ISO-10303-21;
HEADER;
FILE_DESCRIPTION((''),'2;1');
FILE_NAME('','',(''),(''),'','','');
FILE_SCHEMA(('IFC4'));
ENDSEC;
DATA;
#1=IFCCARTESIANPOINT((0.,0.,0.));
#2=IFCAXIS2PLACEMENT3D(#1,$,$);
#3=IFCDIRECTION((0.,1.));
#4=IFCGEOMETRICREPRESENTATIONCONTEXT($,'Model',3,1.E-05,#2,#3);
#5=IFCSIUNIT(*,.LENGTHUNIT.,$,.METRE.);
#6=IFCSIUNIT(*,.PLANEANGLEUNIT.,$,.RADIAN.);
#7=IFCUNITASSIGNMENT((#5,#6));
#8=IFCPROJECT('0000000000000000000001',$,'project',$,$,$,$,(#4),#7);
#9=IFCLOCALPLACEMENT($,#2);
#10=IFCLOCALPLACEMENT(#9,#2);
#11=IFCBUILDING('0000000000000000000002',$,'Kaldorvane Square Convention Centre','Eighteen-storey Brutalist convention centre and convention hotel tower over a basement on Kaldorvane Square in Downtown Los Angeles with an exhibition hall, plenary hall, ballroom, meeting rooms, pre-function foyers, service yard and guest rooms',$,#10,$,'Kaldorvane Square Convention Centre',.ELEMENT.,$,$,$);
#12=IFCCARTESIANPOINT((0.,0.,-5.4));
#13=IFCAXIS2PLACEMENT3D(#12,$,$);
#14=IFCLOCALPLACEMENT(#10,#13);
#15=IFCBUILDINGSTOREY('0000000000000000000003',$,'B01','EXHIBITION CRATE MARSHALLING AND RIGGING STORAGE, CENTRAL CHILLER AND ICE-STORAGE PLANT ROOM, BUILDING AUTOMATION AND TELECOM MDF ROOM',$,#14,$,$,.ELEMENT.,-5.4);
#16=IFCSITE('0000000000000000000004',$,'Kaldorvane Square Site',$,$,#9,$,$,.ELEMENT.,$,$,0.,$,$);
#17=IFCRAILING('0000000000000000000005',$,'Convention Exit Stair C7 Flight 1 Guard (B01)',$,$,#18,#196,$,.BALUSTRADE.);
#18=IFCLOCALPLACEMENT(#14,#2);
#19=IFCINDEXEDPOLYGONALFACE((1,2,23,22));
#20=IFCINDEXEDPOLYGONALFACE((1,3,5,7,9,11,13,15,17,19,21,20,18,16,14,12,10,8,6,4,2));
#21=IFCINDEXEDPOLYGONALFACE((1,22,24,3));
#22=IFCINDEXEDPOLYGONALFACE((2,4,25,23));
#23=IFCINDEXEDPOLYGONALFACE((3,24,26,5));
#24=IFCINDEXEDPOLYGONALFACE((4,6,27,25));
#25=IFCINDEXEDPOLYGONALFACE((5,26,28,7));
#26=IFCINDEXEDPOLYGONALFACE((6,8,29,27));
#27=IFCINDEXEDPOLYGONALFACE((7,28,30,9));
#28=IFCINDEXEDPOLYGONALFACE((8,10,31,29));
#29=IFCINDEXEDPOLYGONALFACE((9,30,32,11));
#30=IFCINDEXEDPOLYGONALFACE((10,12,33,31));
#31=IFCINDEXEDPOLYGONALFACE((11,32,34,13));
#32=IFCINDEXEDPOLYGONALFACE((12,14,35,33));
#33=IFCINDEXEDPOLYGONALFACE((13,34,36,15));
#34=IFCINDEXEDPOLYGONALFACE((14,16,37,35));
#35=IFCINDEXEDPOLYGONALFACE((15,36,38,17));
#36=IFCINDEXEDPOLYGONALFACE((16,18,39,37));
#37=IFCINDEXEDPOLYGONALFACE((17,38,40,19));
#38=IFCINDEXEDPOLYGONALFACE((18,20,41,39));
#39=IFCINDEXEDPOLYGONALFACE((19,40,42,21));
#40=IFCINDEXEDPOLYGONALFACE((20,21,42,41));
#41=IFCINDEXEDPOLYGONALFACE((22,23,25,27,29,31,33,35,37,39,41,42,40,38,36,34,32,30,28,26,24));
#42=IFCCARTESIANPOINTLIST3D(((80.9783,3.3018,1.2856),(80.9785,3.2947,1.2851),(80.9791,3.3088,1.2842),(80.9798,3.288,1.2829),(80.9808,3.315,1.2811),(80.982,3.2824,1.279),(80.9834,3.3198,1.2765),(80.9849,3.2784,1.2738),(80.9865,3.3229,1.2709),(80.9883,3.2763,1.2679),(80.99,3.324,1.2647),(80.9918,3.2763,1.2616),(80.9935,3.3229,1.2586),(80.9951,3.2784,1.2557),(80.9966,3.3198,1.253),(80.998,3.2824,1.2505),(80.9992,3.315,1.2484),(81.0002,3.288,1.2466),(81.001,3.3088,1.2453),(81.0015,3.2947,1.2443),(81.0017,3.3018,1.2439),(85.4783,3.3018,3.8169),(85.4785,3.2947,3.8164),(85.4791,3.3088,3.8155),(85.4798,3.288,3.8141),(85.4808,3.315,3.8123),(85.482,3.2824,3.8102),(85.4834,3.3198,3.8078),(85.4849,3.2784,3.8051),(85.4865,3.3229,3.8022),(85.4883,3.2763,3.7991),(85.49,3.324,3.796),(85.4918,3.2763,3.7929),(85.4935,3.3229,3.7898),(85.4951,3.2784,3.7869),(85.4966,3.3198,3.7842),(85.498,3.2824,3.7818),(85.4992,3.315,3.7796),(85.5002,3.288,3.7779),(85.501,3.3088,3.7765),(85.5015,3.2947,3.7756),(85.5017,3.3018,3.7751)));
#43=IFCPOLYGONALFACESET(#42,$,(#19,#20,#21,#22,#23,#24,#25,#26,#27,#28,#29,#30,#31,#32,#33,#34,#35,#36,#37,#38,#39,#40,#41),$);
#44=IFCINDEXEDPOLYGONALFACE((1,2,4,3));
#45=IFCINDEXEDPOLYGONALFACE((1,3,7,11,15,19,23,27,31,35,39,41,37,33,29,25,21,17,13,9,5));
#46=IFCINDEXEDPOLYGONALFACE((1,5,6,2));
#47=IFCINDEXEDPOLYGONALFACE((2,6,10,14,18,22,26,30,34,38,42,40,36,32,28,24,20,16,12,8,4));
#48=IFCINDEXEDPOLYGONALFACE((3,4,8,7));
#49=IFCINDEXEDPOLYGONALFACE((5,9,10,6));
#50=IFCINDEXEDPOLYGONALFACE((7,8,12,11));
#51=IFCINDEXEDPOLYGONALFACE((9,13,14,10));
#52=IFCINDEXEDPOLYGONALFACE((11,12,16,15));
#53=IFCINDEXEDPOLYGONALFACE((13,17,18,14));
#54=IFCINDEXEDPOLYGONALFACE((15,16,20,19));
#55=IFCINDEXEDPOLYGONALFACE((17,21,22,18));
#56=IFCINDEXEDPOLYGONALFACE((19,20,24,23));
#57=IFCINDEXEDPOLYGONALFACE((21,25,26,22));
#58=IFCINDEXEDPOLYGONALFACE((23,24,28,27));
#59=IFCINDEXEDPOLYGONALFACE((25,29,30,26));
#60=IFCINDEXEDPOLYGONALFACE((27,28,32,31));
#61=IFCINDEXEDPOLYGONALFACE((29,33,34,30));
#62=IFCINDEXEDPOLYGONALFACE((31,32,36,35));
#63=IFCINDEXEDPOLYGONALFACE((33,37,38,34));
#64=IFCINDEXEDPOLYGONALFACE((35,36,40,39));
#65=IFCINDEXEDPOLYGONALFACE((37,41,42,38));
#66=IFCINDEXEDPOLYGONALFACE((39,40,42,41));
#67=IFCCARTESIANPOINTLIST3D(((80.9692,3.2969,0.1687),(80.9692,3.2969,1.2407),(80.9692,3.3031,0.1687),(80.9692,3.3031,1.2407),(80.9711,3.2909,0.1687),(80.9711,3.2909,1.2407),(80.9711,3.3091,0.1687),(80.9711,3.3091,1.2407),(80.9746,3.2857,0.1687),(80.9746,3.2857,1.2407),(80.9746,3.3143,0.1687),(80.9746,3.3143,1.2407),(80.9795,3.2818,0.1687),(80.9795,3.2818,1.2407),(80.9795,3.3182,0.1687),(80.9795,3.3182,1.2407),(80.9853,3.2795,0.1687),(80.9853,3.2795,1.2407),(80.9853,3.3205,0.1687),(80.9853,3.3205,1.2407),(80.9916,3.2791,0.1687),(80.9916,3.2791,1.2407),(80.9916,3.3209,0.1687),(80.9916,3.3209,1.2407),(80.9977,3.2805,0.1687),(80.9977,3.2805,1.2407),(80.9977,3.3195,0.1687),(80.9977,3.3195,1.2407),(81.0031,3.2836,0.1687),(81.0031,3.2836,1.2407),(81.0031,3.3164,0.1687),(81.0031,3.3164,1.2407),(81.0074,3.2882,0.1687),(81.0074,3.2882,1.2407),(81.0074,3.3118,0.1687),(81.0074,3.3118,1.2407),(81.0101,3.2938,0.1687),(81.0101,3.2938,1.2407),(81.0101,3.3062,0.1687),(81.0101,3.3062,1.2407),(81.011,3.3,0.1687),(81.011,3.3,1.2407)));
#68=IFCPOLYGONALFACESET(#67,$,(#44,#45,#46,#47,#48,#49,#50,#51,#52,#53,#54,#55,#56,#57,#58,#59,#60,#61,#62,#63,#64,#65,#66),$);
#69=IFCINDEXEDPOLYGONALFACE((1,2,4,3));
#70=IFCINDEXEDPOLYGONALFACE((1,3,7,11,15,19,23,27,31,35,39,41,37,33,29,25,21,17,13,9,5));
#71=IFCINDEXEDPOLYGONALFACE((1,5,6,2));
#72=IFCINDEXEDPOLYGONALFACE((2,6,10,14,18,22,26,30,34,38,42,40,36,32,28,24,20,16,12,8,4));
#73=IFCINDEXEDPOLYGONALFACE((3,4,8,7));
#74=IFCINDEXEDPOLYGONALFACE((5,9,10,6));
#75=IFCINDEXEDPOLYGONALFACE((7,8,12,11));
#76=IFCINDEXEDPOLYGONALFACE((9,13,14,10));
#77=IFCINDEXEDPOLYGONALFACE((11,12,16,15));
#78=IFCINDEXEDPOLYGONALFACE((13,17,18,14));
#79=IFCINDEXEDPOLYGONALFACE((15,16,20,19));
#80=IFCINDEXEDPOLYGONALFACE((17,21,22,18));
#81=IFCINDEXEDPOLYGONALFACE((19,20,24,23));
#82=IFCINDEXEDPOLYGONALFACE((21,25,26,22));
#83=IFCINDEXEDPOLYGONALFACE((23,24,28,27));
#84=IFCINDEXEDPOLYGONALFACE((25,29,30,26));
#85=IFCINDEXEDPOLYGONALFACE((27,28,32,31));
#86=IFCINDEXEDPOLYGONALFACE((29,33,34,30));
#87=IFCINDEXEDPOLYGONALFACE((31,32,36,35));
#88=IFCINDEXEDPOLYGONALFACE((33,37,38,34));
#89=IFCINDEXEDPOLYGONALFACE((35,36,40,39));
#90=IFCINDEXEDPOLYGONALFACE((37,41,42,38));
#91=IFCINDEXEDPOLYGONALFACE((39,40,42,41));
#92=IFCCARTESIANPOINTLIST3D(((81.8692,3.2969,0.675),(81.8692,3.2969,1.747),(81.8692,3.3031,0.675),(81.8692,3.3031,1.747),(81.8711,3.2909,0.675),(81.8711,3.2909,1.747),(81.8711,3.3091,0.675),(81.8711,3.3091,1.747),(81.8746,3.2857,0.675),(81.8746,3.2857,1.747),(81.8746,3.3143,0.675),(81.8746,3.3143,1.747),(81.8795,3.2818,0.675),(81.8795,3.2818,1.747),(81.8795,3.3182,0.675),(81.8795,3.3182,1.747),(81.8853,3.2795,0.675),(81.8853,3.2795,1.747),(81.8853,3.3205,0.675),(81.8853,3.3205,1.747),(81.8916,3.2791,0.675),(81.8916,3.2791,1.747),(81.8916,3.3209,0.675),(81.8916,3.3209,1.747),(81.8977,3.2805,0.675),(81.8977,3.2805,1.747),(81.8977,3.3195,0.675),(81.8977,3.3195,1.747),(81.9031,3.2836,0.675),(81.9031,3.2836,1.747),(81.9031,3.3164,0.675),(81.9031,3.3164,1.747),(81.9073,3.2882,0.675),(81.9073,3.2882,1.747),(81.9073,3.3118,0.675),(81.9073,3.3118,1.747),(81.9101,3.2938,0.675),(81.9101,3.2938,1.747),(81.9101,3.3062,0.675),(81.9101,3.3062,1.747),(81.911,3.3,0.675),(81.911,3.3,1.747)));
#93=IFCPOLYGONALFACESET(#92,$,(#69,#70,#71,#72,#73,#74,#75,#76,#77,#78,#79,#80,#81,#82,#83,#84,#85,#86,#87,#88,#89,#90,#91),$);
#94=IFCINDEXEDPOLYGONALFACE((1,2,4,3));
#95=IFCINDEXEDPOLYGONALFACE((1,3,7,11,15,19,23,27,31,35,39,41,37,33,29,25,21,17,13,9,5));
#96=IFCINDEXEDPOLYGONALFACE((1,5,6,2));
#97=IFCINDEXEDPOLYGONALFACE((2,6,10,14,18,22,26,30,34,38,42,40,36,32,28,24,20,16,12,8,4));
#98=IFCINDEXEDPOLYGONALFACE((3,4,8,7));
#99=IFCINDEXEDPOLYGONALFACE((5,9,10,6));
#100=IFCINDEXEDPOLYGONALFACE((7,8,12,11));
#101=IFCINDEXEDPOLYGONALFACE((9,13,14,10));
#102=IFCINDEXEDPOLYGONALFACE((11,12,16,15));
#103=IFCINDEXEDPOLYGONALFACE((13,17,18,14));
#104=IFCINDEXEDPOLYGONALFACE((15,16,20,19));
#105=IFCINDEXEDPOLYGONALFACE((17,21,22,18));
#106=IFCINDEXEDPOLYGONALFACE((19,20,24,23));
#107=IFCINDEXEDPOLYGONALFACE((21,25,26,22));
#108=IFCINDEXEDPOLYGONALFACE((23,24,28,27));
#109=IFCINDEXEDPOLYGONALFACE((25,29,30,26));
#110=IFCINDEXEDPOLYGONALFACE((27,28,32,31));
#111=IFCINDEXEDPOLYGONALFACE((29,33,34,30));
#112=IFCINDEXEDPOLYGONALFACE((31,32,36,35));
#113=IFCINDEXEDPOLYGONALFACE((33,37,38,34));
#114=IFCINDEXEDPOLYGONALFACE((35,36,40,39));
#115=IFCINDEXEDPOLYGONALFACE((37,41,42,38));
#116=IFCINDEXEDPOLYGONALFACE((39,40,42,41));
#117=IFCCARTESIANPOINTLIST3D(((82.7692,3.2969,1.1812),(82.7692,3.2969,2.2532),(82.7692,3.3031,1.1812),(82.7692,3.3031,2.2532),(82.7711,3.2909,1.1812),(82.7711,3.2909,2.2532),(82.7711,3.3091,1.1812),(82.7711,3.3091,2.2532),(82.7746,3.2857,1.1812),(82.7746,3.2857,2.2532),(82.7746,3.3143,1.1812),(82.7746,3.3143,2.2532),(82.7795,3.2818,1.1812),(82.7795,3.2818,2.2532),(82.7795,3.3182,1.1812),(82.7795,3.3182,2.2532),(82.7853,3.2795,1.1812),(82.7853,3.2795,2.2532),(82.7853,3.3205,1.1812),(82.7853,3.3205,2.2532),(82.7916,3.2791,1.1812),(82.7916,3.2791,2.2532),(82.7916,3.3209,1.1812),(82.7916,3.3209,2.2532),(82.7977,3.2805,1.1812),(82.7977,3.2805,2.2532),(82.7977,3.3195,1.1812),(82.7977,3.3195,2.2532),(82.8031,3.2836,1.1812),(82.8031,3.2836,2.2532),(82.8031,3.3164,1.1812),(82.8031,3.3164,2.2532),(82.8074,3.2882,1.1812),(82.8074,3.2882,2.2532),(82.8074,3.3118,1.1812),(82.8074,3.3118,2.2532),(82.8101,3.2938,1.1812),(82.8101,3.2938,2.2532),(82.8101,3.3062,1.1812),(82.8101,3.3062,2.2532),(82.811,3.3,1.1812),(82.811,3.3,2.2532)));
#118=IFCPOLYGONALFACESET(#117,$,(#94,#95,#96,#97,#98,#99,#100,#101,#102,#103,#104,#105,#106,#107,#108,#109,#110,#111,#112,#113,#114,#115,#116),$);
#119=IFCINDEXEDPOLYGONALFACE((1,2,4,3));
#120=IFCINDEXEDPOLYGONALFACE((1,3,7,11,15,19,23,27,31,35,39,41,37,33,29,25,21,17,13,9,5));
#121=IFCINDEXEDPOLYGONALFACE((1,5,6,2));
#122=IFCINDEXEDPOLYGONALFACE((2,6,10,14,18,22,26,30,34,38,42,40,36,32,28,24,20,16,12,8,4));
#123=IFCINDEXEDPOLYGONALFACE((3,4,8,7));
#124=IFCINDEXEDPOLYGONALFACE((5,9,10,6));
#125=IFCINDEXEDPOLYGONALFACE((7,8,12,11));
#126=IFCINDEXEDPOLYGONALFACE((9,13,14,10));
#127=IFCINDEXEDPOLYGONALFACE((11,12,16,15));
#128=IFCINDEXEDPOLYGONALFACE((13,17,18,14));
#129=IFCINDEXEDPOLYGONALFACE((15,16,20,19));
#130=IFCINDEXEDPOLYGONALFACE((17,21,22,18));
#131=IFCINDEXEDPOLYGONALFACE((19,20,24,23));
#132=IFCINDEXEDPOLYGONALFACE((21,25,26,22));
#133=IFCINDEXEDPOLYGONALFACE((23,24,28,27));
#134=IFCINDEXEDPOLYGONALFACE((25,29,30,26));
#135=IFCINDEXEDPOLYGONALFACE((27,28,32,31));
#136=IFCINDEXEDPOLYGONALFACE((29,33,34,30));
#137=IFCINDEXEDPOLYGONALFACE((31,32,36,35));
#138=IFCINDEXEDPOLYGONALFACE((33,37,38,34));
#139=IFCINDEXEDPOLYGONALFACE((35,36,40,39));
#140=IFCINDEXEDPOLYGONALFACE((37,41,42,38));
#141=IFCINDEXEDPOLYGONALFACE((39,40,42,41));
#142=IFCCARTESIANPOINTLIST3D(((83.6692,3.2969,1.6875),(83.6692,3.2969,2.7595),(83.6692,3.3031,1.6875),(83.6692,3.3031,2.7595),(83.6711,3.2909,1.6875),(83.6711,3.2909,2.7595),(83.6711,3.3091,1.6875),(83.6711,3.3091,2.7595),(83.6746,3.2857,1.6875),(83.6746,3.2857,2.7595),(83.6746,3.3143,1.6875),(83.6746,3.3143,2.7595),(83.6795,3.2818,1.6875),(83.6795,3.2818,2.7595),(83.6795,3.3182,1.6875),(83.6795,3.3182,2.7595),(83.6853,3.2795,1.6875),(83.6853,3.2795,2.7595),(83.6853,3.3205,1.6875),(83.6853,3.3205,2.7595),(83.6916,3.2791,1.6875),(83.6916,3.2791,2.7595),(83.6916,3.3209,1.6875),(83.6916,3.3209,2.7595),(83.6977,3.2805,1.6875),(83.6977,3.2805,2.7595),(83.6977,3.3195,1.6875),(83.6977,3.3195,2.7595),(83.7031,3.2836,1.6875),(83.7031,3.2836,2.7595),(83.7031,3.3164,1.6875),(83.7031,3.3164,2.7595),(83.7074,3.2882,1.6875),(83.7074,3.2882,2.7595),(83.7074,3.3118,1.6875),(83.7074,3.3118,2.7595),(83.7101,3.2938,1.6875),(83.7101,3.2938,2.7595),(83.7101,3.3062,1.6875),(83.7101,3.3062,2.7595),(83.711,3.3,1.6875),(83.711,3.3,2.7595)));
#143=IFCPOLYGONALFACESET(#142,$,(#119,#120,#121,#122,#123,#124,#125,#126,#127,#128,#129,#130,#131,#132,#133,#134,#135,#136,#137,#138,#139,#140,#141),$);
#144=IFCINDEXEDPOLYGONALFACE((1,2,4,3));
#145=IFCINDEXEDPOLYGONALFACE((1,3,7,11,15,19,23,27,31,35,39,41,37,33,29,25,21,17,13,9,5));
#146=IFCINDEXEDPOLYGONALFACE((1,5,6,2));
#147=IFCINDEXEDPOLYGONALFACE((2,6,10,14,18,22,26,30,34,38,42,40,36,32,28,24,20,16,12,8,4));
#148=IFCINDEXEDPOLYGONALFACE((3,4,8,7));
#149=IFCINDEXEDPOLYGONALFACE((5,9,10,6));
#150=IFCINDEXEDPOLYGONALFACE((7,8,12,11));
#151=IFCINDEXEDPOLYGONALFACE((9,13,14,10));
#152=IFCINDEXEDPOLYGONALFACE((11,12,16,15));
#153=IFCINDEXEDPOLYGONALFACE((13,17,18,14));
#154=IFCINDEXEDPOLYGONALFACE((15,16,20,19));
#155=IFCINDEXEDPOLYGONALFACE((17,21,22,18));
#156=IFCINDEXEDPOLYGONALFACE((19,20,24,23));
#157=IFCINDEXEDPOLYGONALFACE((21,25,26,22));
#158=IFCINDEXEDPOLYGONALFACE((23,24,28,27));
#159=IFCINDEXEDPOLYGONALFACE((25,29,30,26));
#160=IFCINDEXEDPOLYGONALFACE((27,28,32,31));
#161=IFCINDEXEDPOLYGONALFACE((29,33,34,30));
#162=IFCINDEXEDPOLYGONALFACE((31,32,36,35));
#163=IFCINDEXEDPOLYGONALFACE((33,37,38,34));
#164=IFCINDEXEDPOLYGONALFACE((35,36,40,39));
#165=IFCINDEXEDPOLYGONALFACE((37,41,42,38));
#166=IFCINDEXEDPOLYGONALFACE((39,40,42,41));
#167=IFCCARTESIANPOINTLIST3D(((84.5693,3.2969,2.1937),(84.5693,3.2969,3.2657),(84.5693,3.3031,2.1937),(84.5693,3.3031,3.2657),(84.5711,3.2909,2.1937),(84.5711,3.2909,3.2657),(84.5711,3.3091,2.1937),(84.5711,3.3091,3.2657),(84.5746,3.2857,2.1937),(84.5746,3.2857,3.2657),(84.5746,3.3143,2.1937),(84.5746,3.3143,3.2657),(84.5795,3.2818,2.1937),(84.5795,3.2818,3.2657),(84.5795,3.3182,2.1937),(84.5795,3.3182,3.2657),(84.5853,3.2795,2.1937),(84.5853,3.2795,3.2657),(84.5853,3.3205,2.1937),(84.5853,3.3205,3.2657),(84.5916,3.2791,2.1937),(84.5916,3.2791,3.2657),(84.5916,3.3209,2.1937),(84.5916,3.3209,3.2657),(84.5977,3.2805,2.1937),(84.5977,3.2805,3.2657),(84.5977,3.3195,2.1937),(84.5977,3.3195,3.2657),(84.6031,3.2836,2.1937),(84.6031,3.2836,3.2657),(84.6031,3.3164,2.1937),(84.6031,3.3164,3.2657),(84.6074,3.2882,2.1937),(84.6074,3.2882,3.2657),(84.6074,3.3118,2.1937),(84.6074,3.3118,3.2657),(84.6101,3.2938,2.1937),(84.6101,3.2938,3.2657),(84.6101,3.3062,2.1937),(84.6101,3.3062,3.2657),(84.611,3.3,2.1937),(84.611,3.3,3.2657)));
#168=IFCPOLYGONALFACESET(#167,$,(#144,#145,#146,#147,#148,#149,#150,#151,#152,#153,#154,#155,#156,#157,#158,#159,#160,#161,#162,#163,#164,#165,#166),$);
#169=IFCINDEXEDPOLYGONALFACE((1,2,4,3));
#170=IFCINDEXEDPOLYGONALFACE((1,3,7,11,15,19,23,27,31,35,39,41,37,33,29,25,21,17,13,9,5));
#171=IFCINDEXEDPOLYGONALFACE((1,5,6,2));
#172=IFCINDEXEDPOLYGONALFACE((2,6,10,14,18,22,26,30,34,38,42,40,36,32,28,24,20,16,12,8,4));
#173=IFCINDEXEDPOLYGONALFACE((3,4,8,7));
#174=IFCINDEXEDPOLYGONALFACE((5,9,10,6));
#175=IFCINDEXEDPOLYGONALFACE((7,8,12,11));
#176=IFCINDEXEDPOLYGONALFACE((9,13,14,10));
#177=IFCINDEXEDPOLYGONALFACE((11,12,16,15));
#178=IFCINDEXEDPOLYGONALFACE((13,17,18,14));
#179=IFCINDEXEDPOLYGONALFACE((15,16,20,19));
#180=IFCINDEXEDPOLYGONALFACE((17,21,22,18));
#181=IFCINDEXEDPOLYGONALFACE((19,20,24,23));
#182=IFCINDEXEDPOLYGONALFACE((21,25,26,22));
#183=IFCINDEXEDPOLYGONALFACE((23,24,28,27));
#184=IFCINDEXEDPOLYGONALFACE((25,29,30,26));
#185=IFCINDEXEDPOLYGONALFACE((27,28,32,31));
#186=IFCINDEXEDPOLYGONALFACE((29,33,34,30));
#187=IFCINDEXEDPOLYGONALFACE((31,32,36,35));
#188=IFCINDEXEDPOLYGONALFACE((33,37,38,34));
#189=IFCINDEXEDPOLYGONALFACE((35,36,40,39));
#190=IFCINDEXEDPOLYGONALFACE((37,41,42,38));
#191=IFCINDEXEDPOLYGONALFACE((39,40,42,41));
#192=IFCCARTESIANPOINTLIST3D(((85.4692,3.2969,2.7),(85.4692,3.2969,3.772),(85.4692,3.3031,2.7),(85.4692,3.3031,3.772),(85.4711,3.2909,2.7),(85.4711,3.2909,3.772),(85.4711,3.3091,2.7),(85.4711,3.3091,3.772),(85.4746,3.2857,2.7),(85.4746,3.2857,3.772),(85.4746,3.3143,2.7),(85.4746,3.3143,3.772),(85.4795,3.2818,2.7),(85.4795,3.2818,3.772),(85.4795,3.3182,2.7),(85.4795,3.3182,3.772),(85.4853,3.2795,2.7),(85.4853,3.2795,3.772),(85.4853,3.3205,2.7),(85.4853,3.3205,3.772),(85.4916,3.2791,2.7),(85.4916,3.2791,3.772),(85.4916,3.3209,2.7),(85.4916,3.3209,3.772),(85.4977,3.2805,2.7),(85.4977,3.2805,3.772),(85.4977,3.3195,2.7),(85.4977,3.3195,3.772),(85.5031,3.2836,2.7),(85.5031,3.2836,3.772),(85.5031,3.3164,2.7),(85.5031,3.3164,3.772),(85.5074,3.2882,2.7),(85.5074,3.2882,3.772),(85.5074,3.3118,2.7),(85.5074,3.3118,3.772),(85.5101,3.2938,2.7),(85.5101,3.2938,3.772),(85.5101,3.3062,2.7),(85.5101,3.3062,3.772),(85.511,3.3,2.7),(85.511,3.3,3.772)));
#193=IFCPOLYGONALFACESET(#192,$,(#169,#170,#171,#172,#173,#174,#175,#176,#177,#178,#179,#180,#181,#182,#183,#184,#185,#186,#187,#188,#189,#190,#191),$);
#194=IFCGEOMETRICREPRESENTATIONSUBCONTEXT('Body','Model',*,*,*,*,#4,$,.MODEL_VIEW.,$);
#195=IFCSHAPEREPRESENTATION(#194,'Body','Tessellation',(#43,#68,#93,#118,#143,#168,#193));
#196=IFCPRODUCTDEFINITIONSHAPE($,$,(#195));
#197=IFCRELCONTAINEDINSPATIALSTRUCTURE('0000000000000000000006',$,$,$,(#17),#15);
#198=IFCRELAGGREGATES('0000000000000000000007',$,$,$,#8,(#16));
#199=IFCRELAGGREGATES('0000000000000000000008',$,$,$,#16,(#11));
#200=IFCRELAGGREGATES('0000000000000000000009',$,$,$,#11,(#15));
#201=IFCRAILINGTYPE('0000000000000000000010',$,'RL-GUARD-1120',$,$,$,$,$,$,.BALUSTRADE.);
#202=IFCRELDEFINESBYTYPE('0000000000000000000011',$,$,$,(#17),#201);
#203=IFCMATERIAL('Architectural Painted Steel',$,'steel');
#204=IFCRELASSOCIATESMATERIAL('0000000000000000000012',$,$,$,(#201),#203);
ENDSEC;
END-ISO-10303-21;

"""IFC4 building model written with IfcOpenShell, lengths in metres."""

from ifc_helpers import new_model, si_unit, direction, frame, origin, origin_2d, place, context, subcontext, project, spatial, circle, extrude, material, type_object, element, save


model = new_model("IFC4")

# Units and contexts
model_context = context("Model", 3, precision=1e-05, world=origin(), true_north=direction((0.0, 1.0)))
body_context = subcontext(model_context, "Body", "Model", "MODEL_VIEW")
ifc_project = project(units=[si_unit("LENGTHUNIT", "METRE"), si_unit("PLANEANGLEUNIT", "RADIAN")], contexts=[model_context])

# Site, building, storey
site_placement = place(None, origin())
site = spatial("IfcSite", under=ifc_project, at=site_placement, Name="Kaldorvane Square Site", CompositionType="ELEMENT", RefElevation=0.0)
building_placement = place(site_placement, origin())
building = spatial("IfcBuilding", under=site, at=building_placement, Name="Kaldorvane Square Convention Centre", Description="Eighteen-storey Brutalist convention centre and convention hotel tower over a basement on Kaldorvane Square in Downtown Los Angeles with an exhibition hall, plenary hall, ballroom, meeting rooms, pre-function foyers, service yard and guest rooms", LongName="Kaldorvane Square Convention Centre", CompositionType="ELEMENT")
storey_placement = place(building_placement, frame((0.0, 0.0, -5.4)))
storey = spatial("IfcBuildingStorey", under=building, at=storey_placement, Name="B01", Description="EXHIBITION CRATE MARSHALLING AND RIGGING STORAGE, CENTRAL CHILLER AND ICE-STORAGE PLANT ROOM, BUILDING AUTOMATION AND TELECOM MDF ROOM", CompositionType="ELEMENT", Elevation=-5.4)

# Railing
ifc_material_1 = material(Name="Architectural Painted Steel", Category="steel")
railing_type_1 = type_object("IfcRailingType", Name="RL-GUARD-1120", PredefinedType="BALUSTRADE", material=ifc_material_1)
railing_1_placement = place(storey_placement, frame((80.99, 3.3, 0.1687)))
element("IfcRailing", 1, at=railing_1_placement, inside=storey, type_object=railing_type_1, Name="Convention Exit Stair C7 Flight 1 Guard (B01)", PredefinedType="BALUSTRADE", context=body_context, shape_type="SweptSolid", body=[
    extrude(circle(Radius=0.024, at=origin_2d()), frame((0.0, 0.0, 1.096), z_axis=(0.871576, 0.0, 0.490261), x_axis=(0.0, 1.0, 0.0)), (0.0, 0.0, 1.0), 5.1631),
    extrude(circle(Radius=0.021, at=origin_2d()), origin(), (0.0, 0.0, 1.0), 1.072),
    extrude(circle(Radius=0.021, at=origin_2d()), frame((0.9, 0.0, 0.5063)), (0.0, 0.0, 1.0), 1.072),
    extrude(circle(Radius=0.021, at=origin_2d()), frame((1.8, 0.0, 1.0125)), (0.0, 0.0, 1.0), 1.072),
    extrude(circle(Radius=0.021, at=origin_2d()), frame((2.7, 0.0, 1.5188)), (0.0, 0.0, 1.0), 1.072),
    extrude(circle(Radius=0.021, at=origin_2d()), frame((3.6, 0.0, 2.025)), (0.0, 0.0, 1.0), 1.072),
    extrude(circle(Radius=0.021, at=origin_2d()), frame((4.5, 0.0, 2.5312)), (0.0, 0.0, 1.0), 1.072),
])

save(model, "model.ifc")
